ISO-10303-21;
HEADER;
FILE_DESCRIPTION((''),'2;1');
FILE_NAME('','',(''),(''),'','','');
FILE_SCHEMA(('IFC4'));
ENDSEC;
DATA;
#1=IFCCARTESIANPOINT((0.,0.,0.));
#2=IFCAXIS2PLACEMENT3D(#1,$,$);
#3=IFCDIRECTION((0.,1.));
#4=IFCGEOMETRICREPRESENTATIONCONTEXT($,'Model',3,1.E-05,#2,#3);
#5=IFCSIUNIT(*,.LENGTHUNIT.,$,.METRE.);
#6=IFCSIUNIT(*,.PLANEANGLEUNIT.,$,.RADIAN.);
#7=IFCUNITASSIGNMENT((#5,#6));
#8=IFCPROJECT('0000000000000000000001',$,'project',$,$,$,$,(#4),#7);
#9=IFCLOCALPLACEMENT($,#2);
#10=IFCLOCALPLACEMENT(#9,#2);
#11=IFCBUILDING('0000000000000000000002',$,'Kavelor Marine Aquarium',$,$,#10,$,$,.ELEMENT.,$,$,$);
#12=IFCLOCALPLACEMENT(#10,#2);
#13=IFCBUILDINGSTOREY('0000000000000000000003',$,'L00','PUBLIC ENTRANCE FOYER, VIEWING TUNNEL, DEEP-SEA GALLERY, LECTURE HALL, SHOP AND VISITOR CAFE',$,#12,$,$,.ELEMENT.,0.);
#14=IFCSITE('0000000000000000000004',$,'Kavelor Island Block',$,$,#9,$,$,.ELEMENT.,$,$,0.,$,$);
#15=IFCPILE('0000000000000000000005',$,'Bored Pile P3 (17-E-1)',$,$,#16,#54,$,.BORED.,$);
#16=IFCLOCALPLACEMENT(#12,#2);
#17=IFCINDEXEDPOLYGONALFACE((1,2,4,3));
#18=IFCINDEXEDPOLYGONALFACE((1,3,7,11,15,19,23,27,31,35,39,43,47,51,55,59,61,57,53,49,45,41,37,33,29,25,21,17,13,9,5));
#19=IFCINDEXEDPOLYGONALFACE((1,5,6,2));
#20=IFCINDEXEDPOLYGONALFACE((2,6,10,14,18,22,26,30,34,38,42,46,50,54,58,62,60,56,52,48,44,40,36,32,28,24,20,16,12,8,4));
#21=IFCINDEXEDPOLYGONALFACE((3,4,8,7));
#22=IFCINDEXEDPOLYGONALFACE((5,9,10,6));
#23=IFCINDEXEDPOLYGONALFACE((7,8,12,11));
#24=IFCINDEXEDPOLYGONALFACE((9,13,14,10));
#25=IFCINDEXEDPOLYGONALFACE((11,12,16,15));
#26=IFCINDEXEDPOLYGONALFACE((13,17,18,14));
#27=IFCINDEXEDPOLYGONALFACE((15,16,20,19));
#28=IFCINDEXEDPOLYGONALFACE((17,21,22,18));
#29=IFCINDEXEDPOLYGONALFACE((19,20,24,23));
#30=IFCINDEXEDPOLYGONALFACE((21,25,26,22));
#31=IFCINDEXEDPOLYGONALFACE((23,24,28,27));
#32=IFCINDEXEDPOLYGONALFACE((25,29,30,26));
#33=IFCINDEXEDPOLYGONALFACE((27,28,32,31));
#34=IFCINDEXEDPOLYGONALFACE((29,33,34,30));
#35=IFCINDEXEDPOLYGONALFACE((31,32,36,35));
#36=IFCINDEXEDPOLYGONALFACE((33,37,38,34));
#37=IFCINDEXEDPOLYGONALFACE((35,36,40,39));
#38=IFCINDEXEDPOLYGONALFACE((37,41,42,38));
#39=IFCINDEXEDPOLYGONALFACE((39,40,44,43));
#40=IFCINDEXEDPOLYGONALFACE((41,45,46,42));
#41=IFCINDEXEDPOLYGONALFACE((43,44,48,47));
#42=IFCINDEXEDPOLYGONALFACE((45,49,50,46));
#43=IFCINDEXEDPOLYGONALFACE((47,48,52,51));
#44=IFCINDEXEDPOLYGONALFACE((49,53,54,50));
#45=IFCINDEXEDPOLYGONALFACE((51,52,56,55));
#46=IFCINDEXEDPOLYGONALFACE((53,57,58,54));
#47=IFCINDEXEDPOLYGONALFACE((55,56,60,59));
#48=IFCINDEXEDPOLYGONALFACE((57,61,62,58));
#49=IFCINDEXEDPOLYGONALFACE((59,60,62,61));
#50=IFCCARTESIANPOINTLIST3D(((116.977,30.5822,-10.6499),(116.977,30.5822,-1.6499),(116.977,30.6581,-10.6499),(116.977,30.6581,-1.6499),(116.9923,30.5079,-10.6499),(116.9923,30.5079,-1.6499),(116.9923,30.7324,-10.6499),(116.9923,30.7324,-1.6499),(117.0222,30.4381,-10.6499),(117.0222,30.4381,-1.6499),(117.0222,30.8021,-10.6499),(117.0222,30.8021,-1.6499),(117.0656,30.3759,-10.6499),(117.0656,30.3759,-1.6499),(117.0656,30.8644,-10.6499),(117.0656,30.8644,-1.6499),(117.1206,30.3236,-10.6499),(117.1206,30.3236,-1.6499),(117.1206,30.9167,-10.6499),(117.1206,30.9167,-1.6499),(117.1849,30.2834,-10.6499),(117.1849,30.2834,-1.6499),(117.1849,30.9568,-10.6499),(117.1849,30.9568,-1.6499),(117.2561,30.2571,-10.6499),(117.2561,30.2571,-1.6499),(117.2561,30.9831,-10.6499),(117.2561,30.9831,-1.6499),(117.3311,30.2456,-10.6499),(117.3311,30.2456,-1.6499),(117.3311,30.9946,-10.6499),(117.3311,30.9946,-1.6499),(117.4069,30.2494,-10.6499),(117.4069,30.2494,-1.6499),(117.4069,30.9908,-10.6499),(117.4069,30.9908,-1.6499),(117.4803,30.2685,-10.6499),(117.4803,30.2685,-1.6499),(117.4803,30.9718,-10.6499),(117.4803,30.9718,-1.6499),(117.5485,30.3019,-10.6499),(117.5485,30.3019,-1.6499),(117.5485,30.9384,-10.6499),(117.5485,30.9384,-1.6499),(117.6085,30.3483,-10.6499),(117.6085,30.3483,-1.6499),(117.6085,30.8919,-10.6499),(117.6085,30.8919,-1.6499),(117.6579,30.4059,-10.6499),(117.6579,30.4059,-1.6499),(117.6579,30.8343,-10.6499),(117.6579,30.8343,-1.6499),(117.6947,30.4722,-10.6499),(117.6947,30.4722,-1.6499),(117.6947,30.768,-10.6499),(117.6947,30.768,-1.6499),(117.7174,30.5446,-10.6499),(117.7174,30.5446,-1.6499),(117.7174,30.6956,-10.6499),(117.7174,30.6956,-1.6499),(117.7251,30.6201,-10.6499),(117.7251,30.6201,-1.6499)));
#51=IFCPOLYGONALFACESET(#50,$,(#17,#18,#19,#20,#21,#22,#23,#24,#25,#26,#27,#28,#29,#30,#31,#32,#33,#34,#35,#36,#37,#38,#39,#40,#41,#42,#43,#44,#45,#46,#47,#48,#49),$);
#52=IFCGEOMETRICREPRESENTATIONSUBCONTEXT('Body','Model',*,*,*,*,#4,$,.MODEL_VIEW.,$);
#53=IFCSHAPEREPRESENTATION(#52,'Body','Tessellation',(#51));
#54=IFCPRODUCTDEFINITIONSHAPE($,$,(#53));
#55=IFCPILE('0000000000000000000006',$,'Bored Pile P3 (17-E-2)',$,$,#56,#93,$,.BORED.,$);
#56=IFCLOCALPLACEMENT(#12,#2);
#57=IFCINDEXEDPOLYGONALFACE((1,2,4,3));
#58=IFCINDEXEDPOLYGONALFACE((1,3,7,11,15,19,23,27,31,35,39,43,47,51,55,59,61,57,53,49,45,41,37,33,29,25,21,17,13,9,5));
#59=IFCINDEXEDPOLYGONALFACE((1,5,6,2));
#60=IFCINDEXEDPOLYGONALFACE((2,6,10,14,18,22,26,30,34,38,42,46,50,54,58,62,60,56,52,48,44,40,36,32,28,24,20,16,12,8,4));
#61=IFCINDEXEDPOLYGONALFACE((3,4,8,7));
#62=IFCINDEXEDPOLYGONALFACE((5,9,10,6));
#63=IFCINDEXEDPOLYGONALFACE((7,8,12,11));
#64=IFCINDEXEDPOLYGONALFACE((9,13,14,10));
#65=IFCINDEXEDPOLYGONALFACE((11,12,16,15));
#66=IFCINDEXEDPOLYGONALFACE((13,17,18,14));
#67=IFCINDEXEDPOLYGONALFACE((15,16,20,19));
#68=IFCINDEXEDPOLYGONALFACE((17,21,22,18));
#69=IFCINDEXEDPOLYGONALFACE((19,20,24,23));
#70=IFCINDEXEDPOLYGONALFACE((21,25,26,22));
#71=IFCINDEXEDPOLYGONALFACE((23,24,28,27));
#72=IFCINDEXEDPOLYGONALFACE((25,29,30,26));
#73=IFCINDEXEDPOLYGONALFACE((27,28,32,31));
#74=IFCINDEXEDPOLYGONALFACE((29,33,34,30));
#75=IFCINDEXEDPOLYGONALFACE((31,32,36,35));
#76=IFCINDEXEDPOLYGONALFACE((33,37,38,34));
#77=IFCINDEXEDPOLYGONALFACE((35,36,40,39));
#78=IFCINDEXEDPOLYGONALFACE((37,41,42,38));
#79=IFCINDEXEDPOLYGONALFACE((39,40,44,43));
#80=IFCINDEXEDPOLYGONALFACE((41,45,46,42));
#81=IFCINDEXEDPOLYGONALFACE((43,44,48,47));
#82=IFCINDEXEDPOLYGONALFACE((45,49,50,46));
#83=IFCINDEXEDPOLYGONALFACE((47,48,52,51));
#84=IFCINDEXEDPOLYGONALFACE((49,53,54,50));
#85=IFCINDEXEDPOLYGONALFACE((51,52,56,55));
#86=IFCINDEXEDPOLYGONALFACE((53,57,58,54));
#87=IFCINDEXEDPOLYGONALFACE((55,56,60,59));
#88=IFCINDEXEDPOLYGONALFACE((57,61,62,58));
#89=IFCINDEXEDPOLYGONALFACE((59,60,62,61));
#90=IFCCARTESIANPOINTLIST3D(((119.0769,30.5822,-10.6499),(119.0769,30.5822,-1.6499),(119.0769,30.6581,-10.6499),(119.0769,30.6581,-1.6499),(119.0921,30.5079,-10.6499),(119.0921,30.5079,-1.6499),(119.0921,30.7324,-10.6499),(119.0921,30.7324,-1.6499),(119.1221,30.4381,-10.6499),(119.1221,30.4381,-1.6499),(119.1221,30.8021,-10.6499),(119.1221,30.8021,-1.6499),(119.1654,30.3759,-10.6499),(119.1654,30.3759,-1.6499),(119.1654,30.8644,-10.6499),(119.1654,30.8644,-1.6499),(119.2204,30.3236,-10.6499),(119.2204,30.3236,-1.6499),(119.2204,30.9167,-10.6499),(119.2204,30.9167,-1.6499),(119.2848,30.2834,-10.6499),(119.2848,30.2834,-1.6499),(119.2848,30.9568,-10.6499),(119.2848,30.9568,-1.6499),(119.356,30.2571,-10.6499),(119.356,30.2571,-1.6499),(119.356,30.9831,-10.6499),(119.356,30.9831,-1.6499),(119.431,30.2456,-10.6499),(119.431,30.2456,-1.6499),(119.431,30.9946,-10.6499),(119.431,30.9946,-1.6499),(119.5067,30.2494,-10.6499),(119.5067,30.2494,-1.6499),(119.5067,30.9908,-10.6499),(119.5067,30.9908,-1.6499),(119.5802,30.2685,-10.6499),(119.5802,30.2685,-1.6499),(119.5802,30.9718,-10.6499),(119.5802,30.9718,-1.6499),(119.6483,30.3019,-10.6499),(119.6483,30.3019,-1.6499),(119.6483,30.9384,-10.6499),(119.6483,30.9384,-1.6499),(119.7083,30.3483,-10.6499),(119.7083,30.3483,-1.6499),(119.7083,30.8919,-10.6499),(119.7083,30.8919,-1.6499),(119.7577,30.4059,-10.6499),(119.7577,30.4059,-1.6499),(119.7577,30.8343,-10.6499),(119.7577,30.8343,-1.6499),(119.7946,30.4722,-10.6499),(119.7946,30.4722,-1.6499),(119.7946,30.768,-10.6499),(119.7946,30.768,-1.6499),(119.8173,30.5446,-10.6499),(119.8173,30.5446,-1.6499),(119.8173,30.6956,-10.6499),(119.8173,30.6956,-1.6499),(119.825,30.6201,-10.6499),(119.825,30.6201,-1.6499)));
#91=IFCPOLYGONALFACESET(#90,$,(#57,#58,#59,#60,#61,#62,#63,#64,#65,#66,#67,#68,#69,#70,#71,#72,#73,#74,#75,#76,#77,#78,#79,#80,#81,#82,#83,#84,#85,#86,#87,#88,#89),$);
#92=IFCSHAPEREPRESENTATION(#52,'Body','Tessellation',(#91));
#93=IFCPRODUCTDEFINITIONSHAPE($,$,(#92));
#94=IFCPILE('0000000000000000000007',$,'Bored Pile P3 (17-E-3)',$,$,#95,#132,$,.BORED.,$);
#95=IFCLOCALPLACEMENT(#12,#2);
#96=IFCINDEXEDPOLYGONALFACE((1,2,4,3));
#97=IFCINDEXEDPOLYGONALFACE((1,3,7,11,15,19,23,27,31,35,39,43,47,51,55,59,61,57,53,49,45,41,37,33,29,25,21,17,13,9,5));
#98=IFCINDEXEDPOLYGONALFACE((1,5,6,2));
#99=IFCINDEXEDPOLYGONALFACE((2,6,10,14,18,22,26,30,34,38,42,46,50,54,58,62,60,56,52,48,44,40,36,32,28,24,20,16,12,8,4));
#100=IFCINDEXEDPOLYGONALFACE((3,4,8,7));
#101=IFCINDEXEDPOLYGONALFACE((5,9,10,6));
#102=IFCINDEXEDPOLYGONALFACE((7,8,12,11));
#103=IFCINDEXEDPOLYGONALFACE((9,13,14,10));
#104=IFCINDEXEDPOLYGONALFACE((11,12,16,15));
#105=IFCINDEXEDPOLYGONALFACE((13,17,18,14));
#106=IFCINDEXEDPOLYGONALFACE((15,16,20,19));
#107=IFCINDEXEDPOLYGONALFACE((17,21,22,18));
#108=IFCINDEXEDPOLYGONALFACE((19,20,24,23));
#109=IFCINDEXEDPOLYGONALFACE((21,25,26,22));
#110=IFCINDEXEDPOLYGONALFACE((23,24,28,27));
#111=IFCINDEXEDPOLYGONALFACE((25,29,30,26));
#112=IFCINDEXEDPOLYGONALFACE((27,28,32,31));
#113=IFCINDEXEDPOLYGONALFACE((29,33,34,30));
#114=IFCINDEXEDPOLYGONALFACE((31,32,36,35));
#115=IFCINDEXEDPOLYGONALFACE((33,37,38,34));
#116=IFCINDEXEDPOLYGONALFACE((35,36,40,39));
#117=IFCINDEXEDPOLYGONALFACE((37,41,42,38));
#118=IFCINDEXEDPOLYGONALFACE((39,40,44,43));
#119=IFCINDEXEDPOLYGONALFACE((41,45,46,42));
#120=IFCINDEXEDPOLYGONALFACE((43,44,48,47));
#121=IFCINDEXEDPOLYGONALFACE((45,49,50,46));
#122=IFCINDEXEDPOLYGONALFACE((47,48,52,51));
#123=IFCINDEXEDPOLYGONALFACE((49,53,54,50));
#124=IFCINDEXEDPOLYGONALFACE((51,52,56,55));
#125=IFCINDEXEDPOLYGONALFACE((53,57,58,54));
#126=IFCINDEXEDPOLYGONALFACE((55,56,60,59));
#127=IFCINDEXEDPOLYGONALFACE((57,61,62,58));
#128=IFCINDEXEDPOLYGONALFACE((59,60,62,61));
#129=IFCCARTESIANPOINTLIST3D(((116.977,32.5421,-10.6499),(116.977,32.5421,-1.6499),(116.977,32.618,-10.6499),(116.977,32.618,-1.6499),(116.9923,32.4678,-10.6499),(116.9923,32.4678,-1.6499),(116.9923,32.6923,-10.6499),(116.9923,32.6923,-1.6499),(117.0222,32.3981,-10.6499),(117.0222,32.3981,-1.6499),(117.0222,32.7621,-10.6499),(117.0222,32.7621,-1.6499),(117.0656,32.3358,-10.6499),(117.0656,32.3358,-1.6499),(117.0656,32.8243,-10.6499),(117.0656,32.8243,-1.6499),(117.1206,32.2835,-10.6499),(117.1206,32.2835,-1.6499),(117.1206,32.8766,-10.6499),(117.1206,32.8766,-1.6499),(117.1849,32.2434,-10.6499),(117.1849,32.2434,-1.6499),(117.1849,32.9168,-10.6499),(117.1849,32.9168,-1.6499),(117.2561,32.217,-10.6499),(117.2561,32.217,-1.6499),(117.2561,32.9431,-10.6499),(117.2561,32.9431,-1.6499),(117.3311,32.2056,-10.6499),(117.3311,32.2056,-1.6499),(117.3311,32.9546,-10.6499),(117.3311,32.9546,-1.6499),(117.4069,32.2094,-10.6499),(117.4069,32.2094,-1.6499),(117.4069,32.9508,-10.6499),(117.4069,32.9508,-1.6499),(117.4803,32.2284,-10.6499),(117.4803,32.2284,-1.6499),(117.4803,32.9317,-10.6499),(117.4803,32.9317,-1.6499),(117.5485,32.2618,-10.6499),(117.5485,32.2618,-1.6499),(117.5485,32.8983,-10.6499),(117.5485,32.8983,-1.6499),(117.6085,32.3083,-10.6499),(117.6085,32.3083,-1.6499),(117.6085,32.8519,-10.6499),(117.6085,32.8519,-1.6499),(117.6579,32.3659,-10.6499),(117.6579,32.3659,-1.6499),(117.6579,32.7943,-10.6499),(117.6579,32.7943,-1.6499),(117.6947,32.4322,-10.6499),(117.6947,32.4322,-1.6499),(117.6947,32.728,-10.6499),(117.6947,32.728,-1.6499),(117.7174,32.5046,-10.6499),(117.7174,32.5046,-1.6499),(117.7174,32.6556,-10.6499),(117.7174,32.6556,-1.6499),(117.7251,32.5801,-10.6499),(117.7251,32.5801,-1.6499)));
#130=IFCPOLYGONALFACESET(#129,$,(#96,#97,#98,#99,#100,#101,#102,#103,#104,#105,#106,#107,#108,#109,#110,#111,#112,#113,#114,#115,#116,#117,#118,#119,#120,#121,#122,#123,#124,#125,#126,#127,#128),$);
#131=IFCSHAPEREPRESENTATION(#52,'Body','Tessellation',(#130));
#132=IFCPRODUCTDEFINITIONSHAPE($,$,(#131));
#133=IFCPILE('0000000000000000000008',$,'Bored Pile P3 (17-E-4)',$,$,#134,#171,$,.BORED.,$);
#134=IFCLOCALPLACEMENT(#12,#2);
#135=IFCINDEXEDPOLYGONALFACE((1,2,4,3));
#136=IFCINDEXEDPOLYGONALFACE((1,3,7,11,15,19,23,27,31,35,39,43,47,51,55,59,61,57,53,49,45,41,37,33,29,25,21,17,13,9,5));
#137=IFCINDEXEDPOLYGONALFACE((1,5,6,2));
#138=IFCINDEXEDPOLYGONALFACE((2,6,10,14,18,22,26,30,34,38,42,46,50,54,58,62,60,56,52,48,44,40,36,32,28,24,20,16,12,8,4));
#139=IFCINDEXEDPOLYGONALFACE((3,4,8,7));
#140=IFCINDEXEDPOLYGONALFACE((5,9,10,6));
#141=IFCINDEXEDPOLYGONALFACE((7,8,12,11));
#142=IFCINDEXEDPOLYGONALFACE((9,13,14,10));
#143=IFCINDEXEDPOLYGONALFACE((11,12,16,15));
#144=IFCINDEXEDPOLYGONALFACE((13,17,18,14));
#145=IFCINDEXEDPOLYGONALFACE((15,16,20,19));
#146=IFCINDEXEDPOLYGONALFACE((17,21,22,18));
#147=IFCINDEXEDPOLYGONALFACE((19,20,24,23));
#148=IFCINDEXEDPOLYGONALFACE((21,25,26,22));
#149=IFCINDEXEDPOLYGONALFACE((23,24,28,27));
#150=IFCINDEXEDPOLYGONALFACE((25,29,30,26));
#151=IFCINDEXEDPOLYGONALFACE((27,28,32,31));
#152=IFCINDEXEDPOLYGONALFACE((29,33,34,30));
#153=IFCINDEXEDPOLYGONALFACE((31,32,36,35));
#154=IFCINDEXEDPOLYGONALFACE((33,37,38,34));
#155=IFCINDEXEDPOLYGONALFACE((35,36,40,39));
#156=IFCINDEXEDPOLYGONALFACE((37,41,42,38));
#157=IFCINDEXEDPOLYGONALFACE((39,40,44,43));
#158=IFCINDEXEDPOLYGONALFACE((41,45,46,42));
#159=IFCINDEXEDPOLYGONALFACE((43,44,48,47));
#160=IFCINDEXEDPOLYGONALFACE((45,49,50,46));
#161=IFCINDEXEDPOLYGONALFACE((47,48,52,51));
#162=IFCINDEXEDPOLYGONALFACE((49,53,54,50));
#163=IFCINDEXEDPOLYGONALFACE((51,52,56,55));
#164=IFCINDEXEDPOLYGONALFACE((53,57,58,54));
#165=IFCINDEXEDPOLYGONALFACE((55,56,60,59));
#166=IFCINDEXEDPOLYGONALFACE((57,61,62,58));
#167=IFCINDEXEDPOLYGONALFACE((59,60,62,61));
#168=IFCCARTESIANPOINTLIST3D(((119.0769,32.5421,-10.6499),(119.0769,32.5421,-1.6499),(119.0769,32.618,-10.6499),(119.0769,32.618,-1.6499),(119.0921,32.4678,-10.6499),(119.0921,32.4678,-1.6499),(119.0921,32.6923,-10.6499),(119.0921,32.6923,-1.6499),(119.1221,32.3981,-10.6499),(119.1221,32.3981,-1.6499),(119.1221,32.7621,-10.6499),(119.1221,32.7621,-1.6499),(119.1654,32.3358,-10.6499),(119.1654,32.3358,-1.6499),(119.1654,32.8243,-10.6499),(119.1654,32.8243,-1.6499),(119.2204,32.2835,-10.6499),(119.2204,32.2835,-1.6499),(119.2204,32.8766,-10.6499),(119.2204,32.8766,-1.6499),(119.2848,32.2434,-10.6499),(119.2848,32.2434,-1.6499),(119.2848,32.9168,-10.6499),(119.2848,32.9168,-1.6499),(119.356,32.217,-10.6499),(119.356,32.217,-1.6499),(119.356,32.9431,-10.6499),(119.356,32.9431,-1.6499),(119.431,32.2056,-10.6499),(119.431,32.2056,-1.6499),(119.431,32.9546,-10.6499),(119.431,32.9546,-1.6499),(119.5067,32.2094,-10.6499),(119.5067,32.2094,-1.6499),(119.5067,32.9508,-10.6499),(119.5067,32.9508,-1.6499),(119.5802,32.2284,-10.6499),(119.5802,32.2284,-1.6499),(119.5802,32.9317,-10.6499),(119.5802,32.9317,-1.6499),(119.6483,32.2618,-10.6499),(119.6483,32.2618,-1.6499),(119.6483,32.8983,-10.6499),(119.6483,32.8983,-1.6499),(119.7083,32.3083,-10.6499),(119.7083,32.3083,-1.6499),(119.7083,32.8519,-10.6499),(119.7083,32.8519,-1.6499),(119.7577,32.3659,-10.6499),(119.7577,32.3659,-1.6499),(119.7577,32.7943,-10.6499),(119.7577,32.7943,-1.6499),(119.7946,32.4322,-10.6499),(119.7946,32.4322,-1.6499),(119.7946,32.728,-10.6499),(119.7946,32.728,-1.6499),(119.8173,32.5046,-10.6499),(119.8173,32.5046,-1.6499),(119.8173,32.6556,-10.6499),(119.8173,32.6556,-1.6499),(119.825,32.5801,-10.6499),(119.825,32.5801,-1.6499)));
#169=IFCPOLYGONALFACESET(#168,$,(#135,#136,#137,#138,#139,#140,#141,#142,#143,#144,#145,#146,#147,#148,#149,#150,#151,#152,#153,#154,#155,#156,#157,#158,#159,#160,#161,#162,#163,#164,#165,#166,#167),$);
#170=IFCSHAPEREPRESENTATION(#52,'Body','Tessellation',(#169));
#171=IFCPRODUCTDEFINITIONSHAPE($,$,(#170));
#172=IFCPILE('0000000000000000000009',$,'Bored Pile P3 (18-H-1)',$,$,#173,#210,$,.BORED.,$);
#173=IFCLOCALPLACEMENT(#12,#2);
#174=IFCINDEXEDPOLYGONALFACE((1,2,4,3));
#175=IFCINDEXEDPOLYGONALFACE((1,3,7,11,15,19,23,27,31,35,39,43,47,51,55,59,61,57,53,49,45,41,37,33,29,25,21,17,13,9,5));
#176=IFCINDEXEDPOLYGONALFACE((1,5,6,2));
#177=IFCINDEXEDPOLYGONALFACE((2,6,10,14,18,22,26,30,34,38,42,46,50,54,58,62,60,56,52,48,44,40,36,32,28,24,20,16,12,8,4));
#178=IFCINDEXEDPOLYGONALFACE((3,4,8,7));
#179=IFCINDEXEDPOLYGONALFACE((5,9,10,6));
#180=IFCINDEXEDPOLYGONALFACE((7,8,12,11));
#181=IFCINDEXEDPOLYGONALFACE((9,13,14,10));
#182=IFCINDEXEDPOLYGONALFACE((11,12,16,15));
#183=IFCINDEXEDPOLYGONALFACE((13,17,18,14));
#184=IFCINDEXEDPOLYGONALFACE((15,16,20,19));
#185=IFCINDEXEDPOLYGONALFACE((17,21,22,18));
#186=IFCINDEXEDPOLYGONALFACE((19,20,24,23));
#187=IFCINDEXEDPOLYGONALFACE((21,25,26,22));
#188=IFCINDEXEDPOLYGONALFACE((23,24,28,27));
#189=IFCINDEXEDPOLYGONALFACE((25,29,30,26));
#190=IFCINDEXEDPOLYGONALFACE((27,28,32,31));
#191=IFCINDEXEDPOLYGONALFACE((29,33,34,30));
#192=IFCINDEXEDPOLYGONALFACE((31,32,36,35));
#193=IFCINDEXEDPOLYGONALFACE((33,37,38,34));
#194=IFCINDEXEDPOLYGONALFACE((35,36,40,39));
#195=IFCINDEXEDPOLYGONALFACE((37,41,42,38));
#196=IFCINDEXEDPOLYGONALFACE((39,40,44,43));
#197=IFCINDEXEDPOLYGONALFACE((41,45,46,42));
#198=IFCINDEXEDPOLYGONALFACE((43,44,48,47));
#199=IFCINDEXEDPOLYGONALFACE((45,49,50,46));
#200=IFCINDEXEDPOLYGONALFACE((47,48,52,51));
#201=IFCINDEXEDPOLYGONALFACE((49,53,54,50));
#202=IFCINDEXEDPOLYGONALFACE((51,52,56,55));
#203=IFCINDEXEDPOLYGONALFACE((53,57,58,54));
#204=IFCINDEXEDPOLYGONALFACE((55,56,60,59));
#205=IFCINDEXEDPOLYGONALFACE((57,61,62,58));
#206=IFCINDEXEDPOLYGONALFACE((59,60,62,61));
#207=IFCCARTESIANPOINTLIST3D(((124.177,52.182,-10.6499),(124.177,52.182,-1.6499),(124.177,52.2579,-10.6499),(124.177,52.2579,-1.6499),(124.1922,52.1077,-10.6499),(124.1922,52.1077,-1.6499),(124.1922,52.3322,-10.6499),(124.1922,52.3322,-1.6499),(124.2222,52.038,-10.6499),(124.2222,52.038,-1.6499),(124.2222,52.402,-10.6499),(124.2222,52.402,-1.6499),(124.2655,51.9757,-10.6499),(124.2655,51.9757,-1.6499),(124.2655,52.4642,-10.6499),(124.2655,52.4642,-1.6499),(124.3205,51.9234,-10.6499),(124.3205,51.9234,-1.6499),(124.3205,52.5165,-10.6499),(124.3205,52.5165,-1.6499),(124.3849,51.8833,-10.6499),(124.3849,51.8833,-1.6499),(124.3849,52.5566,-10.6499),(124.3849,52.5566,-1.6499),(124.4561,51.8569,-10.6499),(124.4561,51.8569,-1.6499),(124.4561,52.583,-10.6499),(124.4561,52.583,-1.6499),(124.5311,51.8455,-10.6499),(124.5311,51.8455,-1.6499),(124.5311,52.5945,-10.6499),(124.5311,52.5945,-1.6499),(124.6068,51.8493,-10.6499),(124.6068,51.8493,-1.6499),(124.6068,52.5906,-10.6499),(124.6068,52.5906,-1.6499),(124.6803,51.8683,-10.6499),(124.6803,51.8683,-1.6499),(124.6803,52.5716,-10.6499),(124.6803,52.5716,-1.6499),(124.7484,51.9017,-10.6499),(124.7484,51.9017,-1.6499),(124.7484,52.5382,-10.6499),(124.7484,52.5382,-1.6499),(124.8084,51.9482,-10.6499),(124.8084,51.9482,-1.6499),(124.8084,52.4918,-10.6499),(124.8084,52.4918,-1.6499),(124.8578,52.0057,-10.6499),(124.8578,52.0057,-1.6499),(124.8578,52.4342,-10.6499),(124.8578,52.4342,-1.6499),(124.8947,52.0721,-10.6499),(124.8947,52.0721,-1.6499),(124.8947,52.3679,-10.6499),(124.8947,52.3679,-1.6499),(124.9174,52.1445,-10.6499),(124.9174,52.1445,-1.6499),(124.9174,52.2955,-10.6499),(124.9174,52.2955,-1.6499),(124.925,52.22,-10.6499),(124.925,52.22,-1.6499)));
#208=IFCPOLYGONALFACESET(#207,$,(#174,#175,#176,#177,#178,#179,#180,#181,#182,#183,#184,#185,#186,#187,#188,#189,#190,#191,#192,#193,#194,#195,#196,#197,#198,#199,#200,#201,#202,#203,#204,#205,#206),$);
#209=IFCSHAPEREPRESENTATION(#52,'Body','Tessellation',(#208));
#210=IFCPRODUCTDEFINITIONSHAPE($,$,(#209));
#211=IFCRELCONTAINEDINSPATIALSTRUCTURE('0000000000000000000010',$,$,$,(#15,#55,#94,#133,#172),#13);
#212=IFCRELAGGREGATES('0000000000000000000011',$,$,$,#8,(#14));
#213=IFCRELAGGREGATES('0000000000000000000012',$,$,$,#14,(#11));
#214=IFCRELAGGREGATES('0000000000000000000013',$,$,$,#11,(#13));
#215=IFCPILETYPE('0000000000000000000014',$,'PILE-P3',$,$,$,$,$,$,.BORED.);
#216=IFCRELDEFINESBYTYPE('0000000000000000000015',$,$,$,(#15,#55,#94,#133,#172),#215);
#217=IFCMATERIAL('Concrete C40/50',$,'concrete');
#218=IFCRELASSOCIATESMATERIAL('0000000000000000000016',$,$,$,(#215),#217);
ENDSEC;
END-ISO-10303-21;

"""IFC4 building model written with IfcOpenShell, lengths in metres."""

from ifc_helpers import new_model, si_unit, direction, frame, origin, origin_2d, place, context, subcontext, project, spatial, circle, extrude, material, material_profile, profile_set, type_object, element, save


model = new_model("IFC4")

# Units and contexts
model_context = context("Model", 3, precision=1e-05, world=origin(), true_north=direction((0.0, 1.0)))
body_context = subcontext(model_context, "Body", "Model", "MODEL_VIEW")
ifc_project = project(units=[si_unit("LENGTHUNIT", "METRE"), si_unit("PLANEANGLEUNIT", "RADIAN")], contexts=[model_context])

# Site, building, storey
site_placement = place(None, origin())
site = spatial("IfcSite", under=ifc_project, at=site_placement, Name="Kavelor Island Block", CompositionType="ELEMENT", RefElevation=0.0)
building_placement = place(site_placement, origin())
building = spatial("IfcBuilding", under=site, at=building_placement, Name="Kavelor Marine Aquarium", CompositionType="ELEMENT")
storey_placement = place(building_placement, origin())
storey = spatial("IfcBuildingStorey", under=building, at=storey_placement, Name="L00", Description="PUBLIC ENTRANCE FOYER, VIEWING TUNNEL, DEEP-SEA GALLERY, LECTURE HALL, SHOP AND VISITOR CAFE", CompositionType="ELEMENT", Elevation=0.0)

# Piles
ifc_material_1 = material(Name="Concrete C40/50", Category="concrete")
ifc_material_profile_1 = material_profile(ifc_material_1, circle(Radius=0.375, at=origin_2d()), Name="PILE D750")
ifc_profile_set_1 = profile_set([ifc_material_profile_1], Name="Concrete C40/50")
pile_type_1 = type_object("IfcPileType", Name="PILE-P3", PredefinedType="BORED", material=ifc_profile_set_1)
for number, where, z_axis, x_axis, name in (
    (1, (117.3501, 30.6201, -1.6499), (0.0, 0.0, -1.0), (1.0, 0.0, 0.0), "Bored Pile P3 (17-E-1)"),
    (2, (119.45, 30.6201, -1.6499), (0.0, 0.0, -1.0), (1.0, 0.0, 0.0), "Bored Pile P3 (17-E-2)"),
    (3, (117.3501, 32.5801, -1.6499), (0.0, 0.0, -1.0), (1.0, 0.0, 0.0), "Bored Pile P3 (17-E-3)"),
    (4, (119.45, 32.5801, -1.6499), (0.0, 0.0, -1.0), (1.0, 0.0, 0.0), "Bored Pile P3 (17-E-4)"),
    (5, (124.55, 52.22, -1.6499), (0.0, 0.0, -1.0), (1.0, 0.0, 0.0), "Bored Pile P3 (18-H-1)"),
):
    element("IfcPile", number, at=place(storey_placement, frame(where, z_axis=z_axis, x_axis=x_axis)), inside=storey, type_object=pile_type_1, Name=name, PredefinedType="BORED", context=body_context, shape_type="SweptSolid", body=[
        extrude(circle(Radius=0.375, at=origin_2d()), origin(), (0.0, 0.0, 1.0), 9.0),
    ])

save(model, "model.ifc")
